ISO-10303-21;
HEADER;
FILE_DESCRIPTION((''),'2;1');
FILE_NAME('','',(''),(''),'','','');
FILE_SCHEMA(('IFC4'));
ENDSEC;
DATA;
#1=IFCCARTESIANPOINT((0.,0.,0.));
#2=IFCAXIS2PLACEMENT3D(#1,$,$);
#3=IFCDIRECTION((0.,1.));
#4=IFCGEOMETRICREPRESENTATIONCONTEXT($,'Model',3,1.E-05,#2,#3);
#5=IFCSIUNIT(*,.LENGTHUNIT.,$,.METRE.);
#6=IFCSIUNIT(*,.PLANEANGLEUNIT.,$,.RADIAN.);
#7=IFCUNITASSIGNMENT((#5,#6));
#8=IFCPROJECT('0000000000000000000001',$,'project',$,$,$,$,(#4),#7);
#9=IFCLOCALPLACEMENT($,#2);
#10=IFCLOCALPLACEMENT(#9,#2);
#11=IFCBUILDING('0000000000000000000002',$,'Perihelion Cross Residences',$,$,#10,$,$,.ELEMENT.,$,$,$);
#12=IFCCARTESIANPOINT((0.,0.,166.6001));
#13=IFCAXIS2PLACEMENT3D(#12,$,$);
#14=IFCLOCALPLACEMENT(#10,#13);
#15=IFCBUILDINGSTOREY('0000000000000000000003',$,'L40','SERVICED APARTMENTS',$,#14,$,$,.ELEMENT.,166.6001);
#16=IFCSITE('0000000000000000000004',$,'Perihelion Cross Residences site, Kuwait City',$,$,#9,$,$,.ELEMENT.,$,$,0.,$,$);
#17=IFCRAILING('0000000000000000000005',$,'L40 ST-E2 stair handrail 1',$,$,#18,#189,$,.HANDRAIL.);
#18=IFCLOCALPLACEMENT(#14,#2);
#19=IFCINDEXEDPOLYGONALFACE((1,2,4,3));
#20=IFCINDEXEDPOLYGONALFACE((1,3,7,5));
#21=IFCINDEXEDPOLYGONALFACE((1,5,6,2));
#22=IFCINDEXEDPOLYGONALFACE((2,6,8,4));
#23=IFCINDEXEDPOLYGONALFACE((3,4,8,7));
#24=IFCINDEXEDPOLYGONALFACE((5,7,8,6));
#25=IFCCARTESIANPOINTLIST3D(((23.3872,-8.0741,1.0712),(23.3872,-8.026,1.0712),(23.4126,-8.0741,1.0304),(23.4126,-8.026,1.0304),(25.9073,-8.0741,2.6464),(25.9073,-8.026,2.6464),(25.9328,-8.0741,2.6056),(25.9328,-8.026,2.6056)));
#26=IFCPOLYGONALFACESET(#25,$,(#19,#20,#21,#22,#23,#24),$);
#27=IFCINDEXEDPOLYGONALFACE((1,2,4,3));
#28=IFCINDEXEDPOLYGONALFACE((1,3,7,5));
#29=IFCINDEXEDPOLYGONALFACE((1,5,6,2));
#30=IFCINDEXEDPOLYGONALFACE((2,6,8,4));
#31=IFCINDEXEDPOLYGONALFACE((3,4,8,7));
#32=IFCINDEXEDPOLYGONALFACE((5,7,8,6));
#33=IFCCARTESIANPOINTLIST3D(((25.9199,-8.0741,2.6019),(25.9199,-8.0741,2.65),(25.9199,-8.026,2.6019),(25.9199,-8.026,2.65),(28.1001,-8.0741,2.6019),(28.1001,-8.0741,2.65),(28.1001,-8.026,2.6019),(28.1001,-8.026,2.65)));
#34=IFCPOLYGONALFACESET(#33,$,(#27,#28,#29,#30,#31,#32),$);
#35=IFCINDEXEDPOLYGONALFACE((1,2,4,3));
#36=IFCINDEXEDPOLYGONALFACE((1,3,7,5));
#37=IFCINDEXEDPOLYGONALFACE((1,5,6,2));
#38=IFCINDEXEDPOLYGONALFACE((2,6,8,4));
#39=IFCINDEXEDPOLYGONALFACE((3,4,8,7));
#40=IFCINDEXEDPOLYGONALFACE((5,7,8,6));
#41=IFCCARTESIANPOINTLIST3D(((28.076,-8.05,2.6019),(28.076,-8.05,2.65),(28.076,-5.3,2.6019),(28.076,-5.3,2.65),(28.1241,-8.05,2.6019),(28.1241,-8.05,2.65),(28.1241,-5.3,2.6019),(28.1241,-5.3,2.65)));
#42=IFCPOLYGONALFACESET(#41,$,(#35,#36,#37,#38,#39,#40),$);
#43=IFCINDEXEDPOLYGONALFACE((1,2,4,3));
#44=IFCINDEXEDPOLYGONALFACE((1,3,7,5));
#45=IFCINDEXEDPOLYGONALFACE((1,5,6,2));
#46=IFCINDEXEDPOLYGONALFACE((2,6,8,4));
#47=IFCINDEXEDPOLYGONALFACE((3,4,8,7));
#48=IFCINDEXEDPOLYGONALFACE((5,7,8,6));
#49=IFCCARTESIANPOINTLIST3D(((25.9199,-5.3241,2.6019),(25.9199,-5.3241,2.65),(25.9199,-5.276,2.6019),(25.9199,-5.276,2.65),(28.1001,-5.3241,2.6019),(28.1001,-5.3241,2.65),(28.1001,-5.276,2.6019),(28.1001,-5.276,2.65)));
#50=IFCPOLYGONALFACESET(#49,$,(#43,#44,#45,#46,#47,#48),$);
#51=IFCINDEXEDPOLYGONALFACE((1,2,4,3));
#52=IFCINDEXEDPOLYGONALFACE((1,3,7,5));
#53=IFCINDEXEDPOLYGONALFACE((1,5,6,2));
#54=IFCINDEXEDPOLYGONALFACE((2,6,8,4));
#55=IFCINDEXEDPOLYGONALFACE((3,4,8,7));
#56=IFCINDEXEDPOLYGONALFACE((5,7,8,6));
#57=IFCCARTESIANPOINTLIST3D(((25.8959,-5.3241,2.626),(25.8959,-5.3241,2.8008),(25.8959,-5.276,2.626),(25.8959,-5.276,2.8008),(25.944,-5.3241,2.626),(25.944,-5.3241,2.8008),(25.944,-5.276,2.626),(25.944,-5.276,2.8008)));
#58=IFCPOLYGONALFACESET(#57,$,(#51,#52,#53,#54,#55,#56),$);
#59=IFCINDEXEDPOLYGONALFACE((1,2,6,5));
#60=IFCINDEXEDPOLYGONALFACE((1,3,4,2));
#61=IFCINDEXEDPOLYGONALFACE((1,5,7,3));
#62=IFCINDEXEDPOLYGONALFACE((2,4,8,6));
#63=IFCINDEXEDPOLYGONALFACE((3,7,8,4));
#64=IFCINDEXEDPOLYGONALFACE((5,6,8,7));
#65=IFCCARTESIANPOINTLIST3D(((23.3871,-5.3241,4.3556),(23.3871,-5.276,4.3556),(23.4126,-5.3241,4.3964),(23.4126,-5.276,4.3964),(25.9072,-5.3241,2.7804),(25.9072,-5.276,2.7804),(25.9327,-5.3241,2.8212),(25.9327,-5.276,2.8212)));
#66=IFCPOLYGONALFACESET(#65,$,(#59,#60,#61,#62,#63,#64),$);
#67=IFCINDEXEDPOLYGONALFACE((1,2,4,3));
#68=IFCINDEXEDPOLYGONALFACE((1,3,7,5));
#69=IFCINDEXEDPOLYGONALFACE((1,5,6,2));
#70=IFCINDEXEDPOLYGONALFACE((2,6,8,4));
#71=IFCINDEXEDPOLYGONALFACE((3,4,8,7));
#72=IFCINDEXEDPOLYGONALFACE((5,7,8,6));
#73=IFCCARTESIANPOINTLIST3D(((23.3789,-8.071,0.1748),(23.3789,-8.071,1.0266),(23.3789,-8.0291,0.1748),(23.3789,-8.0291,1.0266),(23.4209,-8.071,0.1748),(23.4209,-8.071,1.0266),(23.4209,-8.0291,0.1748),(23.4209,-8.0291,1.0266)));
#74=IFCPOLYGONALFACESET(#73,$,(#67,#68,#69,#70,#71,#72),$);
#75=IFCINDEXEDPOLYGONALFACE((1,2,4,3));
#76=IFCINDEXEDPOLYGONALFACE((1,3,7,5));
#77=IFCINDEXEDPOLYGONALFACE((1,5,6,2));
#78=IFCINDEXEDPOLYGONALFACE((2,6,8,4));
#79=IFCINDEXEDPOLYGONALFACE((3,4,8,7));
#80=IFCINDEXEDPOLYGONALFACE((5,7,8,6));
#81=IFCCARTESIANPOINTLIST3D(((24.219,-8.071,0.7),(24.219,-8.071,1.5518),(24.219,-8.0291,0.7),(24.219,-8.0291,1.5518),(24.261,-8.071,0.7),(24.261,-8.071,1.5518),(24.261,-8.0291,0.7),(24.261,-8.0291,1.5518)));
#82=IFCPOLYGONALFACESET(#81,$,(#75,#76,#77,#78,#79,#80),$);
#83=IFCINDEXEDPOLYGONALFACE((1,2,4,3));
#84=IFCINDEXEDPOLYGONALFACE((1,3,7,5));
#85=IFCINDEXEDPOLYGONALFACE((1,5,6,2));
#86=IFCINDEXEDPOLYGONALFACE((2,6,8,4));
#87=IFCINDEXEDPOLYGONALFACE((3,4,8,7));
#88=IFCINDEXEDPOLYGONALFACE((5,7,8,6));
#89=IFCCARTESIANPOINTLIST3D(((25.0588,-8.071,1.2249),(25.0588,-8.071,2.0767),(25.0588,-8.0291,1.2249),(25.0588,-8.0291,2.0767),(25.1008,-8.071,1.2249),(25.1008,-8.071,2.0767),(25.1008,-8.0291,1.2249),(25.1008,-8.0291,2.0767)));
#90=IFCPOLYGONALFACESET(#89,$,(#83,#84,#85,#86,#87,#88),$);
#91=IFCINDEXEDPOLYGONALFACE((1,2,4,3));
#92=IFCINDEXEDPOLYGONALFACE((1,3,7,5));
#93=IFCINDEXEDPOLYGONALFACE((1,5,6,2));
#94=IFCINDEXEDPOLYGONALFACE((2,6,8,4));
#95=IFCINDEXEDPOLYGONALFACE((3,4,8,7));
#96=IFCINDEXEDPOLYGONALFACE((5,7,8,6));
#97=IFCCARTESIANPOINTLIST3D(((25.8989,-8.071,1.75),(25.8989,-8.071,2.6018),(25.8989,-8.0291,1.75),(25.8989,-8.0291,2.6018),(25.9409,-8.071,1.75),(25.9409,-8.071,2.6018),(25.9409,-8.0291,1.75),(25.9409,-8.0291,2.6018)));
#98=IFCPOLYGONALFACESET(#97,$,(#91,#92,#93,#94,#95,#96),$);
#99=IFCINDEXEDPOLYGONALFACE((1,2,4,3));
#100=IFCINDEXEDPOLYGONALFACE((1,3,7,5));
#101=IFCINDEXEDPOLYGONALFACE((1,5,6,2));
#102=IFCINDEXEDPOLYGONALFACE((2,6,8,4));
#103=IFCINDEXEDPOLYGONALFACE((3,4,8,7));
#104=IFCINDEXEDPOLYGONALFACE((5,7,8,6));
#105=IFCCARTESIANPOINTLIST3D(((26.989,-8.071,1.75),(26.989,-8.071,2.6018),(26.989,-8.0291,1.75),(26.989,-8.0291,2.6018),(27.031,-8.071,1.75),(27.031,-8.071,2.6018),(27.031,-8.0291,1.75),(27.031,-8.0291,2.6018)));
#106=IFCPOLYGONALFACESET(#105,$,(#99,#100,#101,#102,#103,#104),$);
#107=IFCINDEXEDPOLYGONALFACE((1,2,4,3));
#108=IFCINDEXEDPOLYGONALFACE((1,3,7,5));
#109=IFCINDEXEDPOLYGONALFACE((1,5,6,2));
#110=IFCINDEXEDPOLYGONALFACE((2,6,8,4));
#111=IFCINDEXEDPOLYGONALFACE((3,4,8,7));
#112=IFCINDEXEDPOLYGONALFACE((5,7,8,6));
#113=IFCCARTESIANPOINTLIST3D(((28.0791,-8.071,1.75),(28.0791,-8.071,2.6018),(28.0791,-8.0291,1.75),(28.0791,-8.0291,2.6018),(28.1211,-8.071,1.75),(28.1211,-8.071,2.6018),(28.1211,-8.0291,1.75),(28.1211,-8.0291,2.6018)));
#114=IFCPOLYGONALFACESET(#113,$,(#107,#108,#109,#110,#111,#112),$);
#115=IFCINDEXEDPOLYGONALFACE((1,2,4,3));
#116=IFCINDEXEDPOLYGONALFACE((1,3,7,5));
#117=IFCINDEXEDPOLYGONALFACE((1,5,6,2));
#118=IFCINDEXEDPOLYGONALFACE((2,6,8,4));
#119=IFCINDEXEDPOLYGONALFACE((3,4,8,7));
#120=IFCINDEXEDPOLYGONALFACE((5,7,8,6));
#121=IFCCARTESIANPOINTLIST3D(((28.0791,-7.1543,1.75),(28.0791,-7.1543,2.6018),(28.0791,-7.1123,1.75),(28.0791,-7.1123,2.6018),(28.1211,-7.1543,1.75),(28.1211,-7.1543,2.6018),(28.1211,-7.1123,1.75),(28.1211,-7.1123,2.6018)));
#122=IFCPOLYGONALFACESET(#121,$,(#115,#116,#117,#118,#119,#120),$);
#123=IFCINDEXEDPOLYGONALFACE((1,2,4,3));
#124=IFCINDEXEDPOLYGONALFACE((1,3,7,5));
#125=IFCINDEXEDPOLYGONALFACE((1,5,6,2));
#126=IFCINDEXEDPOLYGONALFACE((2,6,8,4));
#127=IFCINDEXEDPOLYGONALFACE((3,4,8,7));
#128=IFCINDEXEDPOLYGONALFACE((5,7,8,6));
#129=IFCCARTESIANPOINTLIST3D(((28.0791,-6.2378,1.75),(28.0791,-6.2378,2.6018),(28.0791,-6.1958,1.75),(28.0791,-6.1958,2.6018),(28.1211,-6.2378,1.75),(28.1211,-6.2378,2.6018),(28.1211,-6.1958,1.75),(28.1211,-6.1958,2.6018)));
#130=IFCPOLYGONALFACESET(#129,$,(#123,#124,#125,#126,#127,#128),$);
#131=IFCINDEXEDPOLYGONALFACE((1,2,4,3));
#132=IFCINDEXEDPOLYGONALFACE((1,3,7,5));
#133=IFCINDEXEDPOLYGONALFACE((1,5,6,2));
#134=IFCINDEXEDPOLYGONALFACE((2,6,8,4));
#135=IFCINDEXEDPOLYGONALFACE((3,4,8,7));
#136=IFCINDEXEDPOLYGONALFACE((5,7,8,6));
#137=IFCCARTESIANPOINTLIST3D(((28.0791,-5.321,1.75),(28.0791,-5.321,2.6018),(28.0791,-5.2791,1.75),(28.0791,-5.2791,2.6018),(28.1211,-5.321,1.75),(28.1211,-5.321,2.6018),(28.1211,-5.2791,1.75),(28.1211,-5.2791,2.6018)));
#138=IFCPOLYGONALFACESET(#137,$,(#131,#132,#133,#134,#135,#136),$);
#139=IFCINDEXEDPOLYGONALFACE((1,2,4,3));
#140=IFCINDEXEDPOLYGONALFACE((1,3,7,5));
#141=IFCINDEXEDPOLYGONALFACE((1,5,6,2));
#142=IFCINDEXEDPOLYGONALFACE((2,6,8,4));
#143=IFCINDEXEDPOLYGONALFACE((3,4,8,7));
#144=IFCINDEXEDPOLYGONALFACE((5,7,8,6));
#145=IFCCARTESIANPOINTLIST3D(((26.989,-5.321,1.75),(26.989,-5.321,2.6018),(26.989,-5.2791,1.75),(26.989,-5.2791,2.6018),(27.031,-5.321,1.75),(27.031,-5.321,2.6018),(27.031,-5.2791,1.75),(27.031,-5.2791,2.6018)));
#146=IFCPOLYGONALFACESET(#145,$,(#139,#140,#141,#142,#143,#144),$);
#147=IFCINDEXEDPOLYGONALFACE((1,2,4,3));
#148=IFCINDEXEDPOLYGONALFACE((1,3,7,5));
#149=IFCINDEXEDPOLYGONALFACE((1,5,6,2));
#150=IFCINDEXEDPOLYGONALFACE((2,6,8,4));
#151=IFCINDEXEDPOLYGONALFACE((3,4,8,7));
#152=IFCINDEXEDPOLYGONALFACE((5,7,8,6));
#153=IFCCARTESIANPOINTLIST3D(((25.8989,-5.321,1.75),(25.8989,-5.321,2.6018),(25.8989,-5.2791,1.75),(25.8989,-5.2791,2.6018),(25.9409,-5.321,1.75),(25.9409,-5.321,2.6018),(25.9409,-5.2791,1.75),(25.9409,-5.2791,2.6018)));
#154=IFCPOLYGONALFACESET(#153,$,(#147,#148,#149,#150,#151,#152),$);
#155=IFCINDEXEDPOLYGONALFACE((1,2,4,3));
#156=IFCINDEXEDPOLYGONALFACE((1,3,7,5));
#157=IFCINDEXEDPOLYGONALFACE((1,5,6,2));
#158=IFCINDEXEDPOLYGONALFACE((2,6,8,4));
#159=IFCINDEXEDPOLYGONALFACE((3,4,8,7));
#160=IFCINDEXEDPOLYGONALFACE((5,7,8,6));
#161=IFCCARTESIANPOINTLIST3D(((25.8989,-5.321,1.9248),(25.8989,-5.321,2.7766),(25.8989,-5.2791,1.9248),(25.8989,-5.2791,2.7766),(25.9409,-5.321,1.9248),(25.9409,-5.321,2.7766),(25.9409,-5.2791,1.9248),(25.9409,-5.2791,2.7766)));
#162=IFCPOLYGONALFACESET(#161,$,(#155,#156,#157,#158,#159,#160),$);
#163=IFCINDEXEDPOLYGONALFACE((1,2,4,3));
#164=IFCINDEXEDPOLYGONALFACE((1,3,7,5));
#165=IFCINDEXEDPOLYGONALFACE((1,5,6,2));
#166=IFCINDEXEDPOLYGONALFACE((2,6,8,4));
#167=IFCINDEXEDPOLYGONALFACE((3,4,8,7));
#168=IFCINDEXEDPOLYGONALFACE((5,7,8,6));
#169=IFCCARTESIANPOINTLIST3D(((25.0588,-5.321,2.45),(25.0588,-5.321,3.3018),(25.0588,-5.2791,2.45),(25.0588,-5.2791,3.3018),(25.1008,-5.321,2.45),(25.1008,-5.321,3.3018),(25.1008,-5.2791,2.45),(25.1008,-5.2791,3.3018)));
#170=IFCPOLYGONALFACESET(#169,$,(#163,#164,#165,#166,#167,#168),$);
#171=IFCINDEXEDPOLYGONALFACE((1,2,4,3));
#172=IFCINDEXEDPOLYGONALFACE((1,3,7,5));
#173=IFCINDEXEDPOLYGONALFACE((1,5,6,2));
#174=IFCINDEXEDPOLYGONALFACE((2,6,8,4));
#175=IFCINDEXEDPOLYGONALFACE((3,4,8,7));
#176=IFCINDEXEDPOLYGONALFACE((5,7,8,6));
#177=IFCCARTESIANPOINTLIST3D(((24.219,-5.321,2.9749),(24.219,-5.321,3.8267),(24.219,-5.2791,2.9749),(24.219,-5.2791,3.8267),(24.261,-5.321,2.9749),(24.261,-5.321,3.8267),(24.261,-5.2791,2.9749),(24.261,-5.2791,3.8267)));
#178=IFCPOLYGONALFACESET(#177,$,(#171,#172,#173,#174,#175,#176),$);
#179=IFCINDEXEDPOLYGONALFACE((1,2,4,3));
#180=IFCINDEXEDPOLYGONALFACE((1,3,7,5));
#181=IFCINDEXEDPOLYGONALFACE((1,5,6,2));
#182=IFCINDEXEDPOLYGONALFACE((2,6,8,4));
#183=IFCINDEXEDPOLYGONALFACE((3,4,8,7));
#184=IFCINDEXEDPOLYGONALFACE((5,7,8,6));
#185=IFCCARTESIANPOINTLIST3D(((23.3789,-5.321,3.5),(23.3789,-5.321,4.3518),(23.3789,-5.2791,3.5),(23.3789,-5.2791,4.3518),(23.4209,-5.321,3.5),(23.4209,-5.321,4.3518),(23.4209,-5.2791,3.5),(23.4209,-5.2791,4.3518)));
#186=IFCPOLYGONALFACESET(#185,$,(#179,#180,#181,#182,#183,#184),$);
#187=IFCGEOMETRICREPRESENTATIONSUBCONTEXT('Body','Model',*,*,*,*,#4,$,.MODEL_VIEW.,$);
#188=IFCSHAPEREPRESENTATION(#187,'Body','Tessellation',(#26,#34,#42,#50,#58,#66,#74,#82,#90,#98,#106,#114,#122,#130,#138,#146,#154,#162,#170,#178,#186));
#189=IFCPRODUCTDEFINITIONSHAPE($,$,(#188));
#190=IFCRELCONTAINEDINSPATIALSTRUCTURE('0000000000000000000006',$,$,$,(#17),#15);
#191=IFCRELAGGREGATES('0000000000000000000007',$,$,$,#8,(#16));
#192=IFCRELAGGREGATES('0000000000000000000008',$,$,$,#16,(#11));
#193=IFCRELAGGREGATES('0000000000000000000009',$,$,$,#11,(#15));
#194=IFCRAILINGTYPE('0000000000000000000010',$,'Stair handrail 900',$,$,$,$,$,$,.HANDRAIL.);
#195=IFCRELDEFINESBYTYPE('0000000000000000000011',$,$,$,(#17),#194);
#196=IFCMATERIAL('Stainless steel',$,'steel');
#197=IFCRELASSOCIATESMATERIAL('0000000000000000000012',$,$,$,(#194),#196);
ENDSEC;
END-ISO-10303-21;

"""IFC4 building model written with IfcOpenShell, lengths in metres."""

from ifc_helpers import new_model, si_unit, direction, frame, origin, origin_2d, place, context, subcontext, project, spatial, rectangle, extrude, material, type_object, element, save


model = new_model("IFC4")

# Units and contexts
model_context = context("Model", 3, precision=1e-05, world=origin(), true_north=direction((0.0, 1.0)))
body_context = subcontext(model_context, "Body", "Model", "MODEL_VIEW")
ifc_project = project(units=[si_unit("LENGTHUNIT", "METRE"), si_unit("PLANEANGLEUNIT", "RADIAN")], contexts=[model_context])

# Site, building, storey
site_placement = place(None, origin())
site = spatial("IfcSite", under=ifc_project, at=site_placement, Name="Perihelion Cross Residences site, Kuwait City", CompositionType="ELEMENT", RefElevation=0.0)
building_placement = place(site_placement, origin())
building = spatial("IfcBuilding", under=site, at=building_placement, Name="Perihelion Cross Residences", CompositionType="ELEMENT")
storey_placement = place(building_placement, frame((0.0, 0.0, 166.6001)))
storey = spatial("IfcBuildingStorey", under=building, at=storey_placement, Name="L40", Description="SERVICED APARTMENTS", CompositionType="ELEMENT", Elevation=166.6001)

# Railing
ifc_material_1 = material(Name="Stainless steel", Category="steel")
railing_type_1 = type_object("IfcRailingType", Name="Stair handrail 900", PredefinedType="HANDRAIL", material=ifc_material_1)
railing_1_placement = place(storey_placement, frame((23.3999, -8.05, 0.1748)))
element("IfcRailing", 1, at=railing_1_placement, inside=storey, type_object=railing_type_1, Name="L40 ST-E2 stair handrail 1", PredefinedType="HANDRAIL", context=body_context, shape_type="SweptSolid", body=[
    extrude(rectangle(XDim=0.0481, YDim=0.0481, at=origin_2d()), frame((0.0, 0.0, 0.876), z_axis=(0.847971, 0.0, 0.530043), x_axis=(0.0, 1.0, 0.0)), (0.0, 0.0, 1.0), 2.9719),
    extrude(rectangle(XDim=0.0481, YDim=0.0481, at=origin_2d()), frame((2.52, 0.0, 2.4512), z_axis=(1.0, 0.0, 0.0), x_axis=(0.0, 1.0, 0.0)), (0.0, 0.0, 1.0), 2.1802),
    extrude(rectangle(XDim=0.0481, YDim=0.0481, at=origin_2d()), frame((4.7002, 0.0, 2.4512), z_axis=(0.0, 1.0, 0.0), x_axis=(-1.0, 0.0, 0.0)), (0.0, 0.0, 1.0), 2.75),
    extrude(rectangle(XDim=0.0481, YDim=0.0481, at=origin_2d()), frame((4.7002, 2.75, 2.4512), z_axis=(-1.0, 0.0, 0.0), x_axis=(0.0, -1.0, 0.0)), (0.0, 0.0, 1.0), 2.1802),
    extrude(rectangle(XDim=0.0481, YDim=0.0481, at=origin_2d()), frame((2.52, 2.75, 2.4512), z_axis=(0.0, 0.0, 1.0), x_axis=(1.0, 0.0, 0.0)), (0.0, 0.0, 1.0), 0.1748),
    extrude(rectangle(XDim=0.0481, YDim=0.0481, at=origin_2d()), frame((2.52, 2.75, 2.626), z_axis=(-0.847971, 0.0, 0.530043), x_axis=(0.0, -1.0, 0.0)), (0.0, 0.0, 1.0), 2.9719),
    extrude(rectangle(XDim=0.042, YDim=0.042, at=origin_2d()), origin(), (0.0, 0.0, 1.0), 0.8518),
    extrude(rectangle(XDim=0.042, YDim=0.042, at=origin_2d()), frame((0.8401, 0.0, 0.5251)), (0.0, 0.0, 1.0), 0.8518),
    extrude(rectangle(XDim=0.042, YDim=0.042, at=origin_2d()), frame((1.6799, 0.0, 1.05)), (0.0, 0.0, 1.0), 0.8518),
    extrude(rectangle(XDim=0.042, YDim=0.042, at=origin_2d()), frame((2.52, 0.0, 1.5752)), (0.0, 0.0, 1.0), 0.8518),
    extrude(rectangle(XDim=0.042, YDim=0.042, at=origin_2d()), frame((3.6101, 0.0, 1.5752)), (0.0, 0.0, 1.0), 0.8518),
    extrude(rectangle(XDim=0.042, YDim=0.042, at=origin_2d()), frame((4.7002, 0.0, 1.5752)), (0.0, 0.0, 1.0), 0.8518),
    extrude(rectangle(XDim=0.042, YDim=0.042, at=origin_2d()), frame((4.7002, 0.9167, 1.5752)), (0.0, 0.0, 1.0), 0.8518),
    extrude(rectangle(XDim=0.042, YDim=0.042, at=origin_2d()), frame((4.7002, 1.8333, 1.5752)), (0.0, 0.0, 1.0), 0.8518),
    extrude(rectangle(XDim=0.042, YDim=0.042, at=origin_2d()), frame((4.7002, 2.75, 1.5752)), (0.0, 0.0, 1.0), 0.8518),
    extrude(rectangle(XDim=0.042, YDim=0.042, at=origin_2d()), frame((3.6101, 2.75, 1.5752)), (0.0, 0.0, 1.0), 0.8518),
    extrude(rectangle(XDim=0.042, YDim=0.042, at=origin_2d()), frame((2.52, 2.75, 1.5752)), (0.0, 0.0, 1.0), 0.8518),
    extrude(rectangle(XDim=0.042, YDim=0.042, at=origin_2d()), frame((2.52, 2.75, 1.75)), (0.0, 0.0, 1.0), 0.8518),
    extrude(rectangle(XDim=0.042, YDim=0.042, at=origin_2d()), frame((1.6799, 2.75, 2.2751)), (0.0, 0.0, 1.0), 0.8518),
    extrude(rectangle(XDim=0.042, YDim=0.042, at=origin_2d()), frame((0.8401, 2.75, 2.8)), (0.0, 0.0, 1.0), 0.8518),
    extrude(rectangle(XDim=0.042, YDim=0.042, at=origin_2d()), frame((0.0, 2.75, 3.3252)), (0.0, 0.0, 1.0), 0.8518),
])

save(model, "model.ifc")
